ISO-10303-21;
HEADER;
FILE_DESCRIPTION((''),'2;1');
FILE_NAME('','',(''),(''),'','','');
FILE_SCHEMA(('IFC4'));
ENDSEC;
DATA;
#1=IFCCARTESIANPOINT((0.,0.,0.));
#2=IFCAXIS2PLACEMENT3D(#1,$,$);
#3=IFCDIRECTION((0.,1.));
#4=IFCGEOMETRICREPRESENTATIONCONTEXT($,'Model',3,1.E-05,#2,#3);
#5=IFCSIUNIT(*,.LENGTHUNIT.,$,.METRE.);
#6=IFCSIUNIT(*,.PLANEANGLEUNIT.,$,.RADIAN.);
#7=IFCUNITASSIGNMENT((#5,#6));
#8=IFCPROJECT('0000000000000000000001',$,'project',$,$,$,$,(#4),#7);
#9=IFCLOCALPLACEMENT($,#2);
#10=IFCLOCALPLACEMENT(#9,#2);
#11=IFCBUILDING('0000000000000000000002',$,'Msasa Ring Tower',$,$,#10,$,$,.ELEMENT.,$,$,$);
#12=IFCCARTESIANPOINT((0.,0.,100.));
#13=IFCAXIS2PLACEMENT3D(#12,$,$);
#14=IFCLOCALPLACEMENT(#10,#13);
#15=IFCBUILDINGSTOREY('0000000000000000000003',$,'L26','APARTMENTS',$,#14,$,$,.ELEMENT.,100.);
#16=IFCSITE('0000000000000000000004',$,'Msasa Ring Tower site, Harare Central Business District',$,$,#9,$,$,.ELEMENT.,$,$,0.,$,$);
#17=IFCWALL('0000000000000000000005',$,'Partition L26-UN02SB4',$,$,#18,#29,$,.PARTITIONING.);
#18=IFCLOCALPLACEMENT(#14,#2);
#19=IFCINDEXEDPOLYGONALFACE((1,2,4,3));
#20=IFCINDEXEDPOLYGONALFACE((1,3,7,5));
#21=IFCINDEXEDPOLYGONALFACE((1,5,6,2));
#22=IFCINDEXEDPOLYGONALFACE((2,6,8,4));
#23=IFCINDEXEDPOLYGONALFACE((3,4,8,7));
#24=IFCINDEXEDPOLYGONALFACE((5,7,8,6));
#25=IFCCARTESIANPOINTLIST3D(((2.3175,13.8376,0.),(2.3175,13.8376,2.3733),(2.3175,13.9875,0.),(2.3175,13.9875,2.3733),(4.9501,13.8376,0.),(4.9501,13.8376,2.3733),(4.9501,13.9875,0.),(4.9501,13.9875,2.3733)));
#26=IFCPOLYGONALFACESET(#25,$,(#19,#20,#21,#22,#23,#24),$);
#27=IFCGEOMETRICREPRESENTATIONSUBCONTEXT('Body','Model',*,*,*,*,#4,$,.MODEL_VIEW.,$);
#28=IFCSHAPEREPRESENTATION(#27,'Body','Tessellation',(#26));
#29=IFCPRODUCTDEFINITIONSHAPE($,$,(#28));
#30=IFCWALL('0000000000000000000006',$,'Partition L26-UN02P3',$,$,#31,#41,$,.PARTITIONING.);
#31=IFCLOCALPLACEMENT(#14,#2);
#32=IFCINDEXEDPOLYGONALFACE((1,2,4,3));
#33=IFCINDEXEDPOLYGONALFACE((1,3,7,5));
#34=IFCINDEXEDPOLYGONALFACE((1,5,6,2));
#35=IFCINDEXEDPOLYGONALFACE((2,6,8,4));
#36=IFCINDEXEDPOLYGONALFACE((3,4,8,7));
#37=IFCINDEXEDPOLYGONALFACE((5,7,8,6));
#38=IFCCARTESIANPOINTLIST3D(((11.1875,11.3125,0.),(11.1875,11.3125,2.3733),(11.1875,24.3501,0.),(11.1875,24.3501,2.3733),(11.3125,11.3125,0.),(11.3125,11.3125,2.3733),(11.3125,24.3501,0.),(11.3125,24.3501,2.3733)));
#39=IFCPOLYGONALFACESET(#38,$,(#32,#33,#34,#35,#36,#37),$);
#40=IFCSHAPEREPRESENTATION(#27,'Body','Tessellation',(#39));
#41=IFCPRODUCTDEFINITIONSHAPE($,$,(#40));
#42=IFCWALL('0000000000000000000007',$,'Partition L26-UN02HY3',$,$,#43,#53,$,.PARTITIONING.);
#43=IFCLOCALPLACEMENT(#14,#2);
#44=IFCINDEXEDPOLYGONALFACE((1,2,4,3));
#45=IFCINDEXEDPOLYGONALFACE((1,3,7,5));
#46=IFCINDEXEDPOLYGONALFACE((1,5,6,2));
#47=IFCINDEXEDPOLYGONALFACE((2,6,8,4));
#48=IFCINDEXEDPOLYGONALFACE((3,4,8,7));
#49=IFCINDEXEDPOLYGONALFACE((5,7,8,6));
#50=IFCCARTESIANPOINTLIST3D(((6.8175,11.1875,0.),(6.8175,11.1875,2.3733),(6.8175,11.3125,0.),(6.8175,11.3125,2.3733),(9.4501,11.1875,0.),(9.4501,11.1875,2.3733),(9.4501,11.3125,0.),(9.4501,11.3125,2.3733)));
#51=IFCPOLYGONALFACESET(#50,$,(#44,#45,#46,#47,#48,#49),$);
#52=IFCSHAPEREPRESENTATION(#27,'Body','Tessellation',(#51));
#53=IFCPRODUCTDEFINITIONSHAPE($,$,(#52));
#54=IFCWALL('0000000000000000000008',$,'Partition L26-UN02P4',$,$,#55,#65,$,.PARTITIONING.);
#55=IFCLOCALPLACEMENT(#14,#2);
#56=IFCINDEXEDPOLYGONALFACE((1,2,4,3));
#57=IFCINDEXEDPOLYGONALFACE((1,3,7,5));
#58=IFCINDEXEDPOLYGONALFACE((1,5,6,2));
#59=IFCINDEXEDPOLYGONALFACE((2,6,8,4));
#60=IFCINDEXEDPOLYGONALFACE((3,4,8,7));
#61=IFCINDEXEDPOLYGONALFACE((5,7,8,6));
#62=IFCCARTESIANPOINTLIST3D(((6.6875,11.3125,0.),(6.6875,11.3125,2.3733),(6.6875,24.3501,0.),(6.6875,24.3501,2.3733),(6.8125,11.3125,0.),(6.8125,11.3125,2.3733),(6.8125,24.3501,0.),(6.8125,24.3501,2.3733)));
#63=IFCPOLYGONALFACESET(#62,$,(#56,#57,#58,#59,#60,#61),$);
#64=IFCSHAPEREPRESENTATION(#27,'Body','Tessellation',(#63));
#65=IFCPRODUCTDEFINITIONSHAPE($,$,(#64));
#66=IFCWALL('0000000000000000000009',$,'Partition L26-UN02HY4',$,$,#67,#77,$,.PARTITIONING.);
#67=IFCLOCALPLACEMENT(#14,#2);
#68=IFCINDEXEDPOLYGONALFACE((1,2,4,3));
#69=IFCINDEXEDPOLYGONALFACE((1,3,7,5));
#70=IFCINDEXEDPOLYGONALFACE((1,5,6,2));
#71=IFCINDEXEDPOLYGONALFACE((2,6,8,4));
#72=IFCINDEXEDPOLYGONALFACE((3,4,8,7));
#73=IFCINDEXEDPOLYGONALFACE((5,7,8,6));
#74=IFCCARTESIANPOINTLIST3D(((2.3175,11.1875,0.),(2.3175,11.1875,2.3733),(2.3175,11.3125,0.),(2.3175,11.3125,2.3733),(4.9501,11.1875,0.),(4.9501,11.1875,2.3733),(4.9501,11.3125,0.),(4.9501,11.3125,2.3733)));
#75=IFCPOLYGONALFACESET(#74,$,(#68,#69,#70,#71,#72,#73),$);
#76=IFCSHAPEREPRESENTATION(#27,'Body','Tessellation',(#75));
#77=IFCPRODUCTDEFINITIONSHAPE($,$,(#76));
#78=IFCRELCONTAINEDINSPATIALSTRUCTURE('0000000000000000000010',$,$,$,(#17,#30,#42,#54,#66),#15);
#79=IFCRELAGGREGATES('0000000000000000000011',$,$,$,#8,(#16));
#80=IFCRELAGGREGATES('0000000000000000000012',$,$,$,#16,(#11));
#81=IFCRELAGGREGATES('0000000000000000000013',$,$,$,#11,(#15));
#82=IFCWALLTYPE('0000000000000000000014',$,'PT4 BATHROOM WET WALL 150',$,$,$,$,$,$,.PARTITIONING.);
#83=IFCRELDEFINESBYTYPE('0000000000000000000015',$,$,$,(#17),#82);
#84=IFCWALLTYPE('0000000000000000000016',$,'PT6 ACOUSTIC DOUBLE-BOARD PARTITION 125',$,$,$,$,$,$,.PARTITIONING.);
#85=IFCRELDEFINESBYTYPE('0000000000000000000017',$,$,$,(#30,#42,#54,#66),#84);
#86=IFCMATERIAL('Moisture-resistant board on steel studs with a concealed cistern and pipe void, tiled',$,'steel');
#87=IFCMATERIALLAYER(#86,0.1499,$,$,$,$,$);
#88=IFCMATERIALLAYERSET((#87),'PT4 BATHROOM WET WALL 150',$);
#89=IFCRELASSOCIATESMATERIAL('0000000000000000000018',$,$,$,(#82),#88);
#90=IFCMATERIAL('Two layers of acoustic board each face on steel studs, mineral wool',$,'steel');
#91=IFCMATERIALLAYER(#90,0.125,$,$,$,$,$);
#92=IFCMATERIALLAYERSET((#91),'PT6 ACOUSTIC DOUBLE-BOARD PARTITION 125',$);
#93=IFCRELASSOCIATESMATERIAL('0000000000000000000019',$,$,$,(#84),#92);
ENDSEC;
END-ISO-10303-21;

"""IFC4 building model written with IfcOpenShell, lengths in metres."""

from ifc_helpers import new_model, si_unit, direction, frame, frame_2d, origin, place, context, subcontext, project, spatial, rectangle, extrude, material, layer, layer_set, type_object, element, save


model = new_model("IFC4")

# Units and contexts
model_context = context("Model", 3, precision=1e-05, world=origin(), true_north=direction((0.0, 1.0)))
body_context = subcontext(model_context, "Body", "Model", "MODEL_VIEW")
ifc_project = project(units=[si_unit("LENGTHUNIT", "METRE"), si_unit("PLANEANGLEUNIT", "RADIAN")], contexts=[model_context])

# Site, building, storey
site_placement = place(None, origin())
site = spatial("IfcSite", under=ifc_project, at=site_placement, Name="Msasa Ring Tower site, Harare Central Business District", CompositionType="ELEMENT", RefElevation=0.0)
building_placement = place(site_placement, origin())
building = spatial("IfcBuilding", under=site, at=building_placement, Name="Msasa Ring Tower", CompositionType="ELEMENT")
storey_placement = place(building_placement, frame((0.0, 0.0, 100.0)))
storey = spatial("IfcBuildingStorey", under=building, at=storey_placement, Name="L26", Description="APARTMENTS", CompositionType="ELEMENT", Elevation=100.0)

# Shared definitions
ifc_material_1 = material(Name="Moisture-resistant board on steel studs with a concealed cistern and pipe void, tiled", Category="steel")
ifc_layer_1 = layer(ifc_material_1, 0.1499)
ifc_layer_set_1 = layer_set([ifc_layer_1], Name="PT4 BATHROOM WET WALL 150")
wall_type_1 = type_object("IfcWallType", Name="PT4 BATHROOM WET WALL 150", PredefinedType="PARTITIONING", material=ifc_layer_set_1)

# Walls
wall_1_placement = place(storey_placement, frame((2.3174, 13.9126, 0.0), z_axis=(0.0, 0.0, 1.0), x_axis=(1.0, 0.0, 0.0)))
element("IfcWall", 1, at=wall_1_placement, inside=storey, type_object=wall_type_1, Name="Partition L26-UN02SB4", PredefinedType="PARTITIONING", context=body_context, shape_type="SweptSolid", body=[
    extrude(rectangle(XDim=2.6326, YDim=0.1499, at=frame_2d((1.3164, 0.0))), origin(), (0.0, 0.0, 1.0), 2.3733),
])
ifc_material_2 = material(Name="Two layers of acoustic board each face on steel studs, mineral wool", Category="steel")
ifc_layer_2 = layer(ifc_material_2, 0.125)
ifc_layer_set_2 = layer_set([ifc_layer_2], Name="PT6 ACOUSTIC DOUBLE-BOARD PARTITION 125")
wall_type_2 = type_object("IfcWallType", Name="PT6 ACOUSTIC DOUBLE-BOARD PARTITION 125", PredefinedType="PARTITIONING", material=ifc_layer_set_2)
wall_2_placement = place(storey_placement, frame((11.25, 11.3125, 0.0), z_axis=(0.0, 0.0, 1.0), x_axis=(0.0, 1.0, 0.0)))
element("IfcWall", 2, at=wall_2_placement, inside=storey, type_object=wall_type_2, Name="Partition L26-UN02P3", PredefinedType="PARTITIONING", context=body_context, shape_type="SweptSolid", body=[
    extrude(rectangle(XDim=13.0376, YDim=0.125, at=frame_2d((6.5188, 0.0))), origin(), (0.0, 0.0, 1.0), 2.3733),
])
wall_3_placement = place(storey_placement, frame((6.8174, 11.25, 0.0), z_axis=(0.0, 0.0, 1.0), x_axis=(1.0, 0.0, 0.0)))
element("IfcWall", 3, at=wall_3_placement, inside=storey, type_object=wall_type_2, Name="Partition L26-UN02HY3", PredefinedType="PARTITIONING", context=body_context, shape_type="SweptSolid", body=[
    extrude(rectangle(XDim=2.6326, YDim=0.125, at=frame_2d((1.3164, 0.0))), origin(), (0.0, 0.0, 1.0), 2.3733),
])
wall_4_placement = place(storey_placement, frame((6.75, 11.3125, 0.0), z_axis=(0.0, 0.0, 1.0), x_axis=(0.0, 1.0, 0.0)))
element("IfcWall", 4, at=wall_4_placement, inside=storey, type_object=wall_type_2, Name="Partition L26-UN02P4", PredefinedType="PARTITIONING", context=body_context, shape_type="SweptSolid", body=[
    extrude(rectangle(XDim=13.0376, YDim=0.125, at=frame_2d((6.5188, 0.0))), origin(), (0.0, 0.0, 1.0), 2.3733),
])
wall_5_placement = place(storey_placement, frame((2.3174, 11.25, 0.0), z_axis=(0.0, 0.0, 1.0), x_axis=(1.0, 0.0, 0.0)))
element("IfcWall", 5, at=wall_5_placement, inside=storey, type_object=wall_type_2, Name="Partition L26-UN02HY4", PredefinedType="PARTITIONING", context=body_context, shape_type="SweptSolid", body=[
    extrude(rectangle(XDim=2.6326, YDim=0.125, at=frame_2d((1.3164, 0.0))), origin(), (0.0, 0.0, 1.0), 2.3733),
])

save(model, "model.ifc")
